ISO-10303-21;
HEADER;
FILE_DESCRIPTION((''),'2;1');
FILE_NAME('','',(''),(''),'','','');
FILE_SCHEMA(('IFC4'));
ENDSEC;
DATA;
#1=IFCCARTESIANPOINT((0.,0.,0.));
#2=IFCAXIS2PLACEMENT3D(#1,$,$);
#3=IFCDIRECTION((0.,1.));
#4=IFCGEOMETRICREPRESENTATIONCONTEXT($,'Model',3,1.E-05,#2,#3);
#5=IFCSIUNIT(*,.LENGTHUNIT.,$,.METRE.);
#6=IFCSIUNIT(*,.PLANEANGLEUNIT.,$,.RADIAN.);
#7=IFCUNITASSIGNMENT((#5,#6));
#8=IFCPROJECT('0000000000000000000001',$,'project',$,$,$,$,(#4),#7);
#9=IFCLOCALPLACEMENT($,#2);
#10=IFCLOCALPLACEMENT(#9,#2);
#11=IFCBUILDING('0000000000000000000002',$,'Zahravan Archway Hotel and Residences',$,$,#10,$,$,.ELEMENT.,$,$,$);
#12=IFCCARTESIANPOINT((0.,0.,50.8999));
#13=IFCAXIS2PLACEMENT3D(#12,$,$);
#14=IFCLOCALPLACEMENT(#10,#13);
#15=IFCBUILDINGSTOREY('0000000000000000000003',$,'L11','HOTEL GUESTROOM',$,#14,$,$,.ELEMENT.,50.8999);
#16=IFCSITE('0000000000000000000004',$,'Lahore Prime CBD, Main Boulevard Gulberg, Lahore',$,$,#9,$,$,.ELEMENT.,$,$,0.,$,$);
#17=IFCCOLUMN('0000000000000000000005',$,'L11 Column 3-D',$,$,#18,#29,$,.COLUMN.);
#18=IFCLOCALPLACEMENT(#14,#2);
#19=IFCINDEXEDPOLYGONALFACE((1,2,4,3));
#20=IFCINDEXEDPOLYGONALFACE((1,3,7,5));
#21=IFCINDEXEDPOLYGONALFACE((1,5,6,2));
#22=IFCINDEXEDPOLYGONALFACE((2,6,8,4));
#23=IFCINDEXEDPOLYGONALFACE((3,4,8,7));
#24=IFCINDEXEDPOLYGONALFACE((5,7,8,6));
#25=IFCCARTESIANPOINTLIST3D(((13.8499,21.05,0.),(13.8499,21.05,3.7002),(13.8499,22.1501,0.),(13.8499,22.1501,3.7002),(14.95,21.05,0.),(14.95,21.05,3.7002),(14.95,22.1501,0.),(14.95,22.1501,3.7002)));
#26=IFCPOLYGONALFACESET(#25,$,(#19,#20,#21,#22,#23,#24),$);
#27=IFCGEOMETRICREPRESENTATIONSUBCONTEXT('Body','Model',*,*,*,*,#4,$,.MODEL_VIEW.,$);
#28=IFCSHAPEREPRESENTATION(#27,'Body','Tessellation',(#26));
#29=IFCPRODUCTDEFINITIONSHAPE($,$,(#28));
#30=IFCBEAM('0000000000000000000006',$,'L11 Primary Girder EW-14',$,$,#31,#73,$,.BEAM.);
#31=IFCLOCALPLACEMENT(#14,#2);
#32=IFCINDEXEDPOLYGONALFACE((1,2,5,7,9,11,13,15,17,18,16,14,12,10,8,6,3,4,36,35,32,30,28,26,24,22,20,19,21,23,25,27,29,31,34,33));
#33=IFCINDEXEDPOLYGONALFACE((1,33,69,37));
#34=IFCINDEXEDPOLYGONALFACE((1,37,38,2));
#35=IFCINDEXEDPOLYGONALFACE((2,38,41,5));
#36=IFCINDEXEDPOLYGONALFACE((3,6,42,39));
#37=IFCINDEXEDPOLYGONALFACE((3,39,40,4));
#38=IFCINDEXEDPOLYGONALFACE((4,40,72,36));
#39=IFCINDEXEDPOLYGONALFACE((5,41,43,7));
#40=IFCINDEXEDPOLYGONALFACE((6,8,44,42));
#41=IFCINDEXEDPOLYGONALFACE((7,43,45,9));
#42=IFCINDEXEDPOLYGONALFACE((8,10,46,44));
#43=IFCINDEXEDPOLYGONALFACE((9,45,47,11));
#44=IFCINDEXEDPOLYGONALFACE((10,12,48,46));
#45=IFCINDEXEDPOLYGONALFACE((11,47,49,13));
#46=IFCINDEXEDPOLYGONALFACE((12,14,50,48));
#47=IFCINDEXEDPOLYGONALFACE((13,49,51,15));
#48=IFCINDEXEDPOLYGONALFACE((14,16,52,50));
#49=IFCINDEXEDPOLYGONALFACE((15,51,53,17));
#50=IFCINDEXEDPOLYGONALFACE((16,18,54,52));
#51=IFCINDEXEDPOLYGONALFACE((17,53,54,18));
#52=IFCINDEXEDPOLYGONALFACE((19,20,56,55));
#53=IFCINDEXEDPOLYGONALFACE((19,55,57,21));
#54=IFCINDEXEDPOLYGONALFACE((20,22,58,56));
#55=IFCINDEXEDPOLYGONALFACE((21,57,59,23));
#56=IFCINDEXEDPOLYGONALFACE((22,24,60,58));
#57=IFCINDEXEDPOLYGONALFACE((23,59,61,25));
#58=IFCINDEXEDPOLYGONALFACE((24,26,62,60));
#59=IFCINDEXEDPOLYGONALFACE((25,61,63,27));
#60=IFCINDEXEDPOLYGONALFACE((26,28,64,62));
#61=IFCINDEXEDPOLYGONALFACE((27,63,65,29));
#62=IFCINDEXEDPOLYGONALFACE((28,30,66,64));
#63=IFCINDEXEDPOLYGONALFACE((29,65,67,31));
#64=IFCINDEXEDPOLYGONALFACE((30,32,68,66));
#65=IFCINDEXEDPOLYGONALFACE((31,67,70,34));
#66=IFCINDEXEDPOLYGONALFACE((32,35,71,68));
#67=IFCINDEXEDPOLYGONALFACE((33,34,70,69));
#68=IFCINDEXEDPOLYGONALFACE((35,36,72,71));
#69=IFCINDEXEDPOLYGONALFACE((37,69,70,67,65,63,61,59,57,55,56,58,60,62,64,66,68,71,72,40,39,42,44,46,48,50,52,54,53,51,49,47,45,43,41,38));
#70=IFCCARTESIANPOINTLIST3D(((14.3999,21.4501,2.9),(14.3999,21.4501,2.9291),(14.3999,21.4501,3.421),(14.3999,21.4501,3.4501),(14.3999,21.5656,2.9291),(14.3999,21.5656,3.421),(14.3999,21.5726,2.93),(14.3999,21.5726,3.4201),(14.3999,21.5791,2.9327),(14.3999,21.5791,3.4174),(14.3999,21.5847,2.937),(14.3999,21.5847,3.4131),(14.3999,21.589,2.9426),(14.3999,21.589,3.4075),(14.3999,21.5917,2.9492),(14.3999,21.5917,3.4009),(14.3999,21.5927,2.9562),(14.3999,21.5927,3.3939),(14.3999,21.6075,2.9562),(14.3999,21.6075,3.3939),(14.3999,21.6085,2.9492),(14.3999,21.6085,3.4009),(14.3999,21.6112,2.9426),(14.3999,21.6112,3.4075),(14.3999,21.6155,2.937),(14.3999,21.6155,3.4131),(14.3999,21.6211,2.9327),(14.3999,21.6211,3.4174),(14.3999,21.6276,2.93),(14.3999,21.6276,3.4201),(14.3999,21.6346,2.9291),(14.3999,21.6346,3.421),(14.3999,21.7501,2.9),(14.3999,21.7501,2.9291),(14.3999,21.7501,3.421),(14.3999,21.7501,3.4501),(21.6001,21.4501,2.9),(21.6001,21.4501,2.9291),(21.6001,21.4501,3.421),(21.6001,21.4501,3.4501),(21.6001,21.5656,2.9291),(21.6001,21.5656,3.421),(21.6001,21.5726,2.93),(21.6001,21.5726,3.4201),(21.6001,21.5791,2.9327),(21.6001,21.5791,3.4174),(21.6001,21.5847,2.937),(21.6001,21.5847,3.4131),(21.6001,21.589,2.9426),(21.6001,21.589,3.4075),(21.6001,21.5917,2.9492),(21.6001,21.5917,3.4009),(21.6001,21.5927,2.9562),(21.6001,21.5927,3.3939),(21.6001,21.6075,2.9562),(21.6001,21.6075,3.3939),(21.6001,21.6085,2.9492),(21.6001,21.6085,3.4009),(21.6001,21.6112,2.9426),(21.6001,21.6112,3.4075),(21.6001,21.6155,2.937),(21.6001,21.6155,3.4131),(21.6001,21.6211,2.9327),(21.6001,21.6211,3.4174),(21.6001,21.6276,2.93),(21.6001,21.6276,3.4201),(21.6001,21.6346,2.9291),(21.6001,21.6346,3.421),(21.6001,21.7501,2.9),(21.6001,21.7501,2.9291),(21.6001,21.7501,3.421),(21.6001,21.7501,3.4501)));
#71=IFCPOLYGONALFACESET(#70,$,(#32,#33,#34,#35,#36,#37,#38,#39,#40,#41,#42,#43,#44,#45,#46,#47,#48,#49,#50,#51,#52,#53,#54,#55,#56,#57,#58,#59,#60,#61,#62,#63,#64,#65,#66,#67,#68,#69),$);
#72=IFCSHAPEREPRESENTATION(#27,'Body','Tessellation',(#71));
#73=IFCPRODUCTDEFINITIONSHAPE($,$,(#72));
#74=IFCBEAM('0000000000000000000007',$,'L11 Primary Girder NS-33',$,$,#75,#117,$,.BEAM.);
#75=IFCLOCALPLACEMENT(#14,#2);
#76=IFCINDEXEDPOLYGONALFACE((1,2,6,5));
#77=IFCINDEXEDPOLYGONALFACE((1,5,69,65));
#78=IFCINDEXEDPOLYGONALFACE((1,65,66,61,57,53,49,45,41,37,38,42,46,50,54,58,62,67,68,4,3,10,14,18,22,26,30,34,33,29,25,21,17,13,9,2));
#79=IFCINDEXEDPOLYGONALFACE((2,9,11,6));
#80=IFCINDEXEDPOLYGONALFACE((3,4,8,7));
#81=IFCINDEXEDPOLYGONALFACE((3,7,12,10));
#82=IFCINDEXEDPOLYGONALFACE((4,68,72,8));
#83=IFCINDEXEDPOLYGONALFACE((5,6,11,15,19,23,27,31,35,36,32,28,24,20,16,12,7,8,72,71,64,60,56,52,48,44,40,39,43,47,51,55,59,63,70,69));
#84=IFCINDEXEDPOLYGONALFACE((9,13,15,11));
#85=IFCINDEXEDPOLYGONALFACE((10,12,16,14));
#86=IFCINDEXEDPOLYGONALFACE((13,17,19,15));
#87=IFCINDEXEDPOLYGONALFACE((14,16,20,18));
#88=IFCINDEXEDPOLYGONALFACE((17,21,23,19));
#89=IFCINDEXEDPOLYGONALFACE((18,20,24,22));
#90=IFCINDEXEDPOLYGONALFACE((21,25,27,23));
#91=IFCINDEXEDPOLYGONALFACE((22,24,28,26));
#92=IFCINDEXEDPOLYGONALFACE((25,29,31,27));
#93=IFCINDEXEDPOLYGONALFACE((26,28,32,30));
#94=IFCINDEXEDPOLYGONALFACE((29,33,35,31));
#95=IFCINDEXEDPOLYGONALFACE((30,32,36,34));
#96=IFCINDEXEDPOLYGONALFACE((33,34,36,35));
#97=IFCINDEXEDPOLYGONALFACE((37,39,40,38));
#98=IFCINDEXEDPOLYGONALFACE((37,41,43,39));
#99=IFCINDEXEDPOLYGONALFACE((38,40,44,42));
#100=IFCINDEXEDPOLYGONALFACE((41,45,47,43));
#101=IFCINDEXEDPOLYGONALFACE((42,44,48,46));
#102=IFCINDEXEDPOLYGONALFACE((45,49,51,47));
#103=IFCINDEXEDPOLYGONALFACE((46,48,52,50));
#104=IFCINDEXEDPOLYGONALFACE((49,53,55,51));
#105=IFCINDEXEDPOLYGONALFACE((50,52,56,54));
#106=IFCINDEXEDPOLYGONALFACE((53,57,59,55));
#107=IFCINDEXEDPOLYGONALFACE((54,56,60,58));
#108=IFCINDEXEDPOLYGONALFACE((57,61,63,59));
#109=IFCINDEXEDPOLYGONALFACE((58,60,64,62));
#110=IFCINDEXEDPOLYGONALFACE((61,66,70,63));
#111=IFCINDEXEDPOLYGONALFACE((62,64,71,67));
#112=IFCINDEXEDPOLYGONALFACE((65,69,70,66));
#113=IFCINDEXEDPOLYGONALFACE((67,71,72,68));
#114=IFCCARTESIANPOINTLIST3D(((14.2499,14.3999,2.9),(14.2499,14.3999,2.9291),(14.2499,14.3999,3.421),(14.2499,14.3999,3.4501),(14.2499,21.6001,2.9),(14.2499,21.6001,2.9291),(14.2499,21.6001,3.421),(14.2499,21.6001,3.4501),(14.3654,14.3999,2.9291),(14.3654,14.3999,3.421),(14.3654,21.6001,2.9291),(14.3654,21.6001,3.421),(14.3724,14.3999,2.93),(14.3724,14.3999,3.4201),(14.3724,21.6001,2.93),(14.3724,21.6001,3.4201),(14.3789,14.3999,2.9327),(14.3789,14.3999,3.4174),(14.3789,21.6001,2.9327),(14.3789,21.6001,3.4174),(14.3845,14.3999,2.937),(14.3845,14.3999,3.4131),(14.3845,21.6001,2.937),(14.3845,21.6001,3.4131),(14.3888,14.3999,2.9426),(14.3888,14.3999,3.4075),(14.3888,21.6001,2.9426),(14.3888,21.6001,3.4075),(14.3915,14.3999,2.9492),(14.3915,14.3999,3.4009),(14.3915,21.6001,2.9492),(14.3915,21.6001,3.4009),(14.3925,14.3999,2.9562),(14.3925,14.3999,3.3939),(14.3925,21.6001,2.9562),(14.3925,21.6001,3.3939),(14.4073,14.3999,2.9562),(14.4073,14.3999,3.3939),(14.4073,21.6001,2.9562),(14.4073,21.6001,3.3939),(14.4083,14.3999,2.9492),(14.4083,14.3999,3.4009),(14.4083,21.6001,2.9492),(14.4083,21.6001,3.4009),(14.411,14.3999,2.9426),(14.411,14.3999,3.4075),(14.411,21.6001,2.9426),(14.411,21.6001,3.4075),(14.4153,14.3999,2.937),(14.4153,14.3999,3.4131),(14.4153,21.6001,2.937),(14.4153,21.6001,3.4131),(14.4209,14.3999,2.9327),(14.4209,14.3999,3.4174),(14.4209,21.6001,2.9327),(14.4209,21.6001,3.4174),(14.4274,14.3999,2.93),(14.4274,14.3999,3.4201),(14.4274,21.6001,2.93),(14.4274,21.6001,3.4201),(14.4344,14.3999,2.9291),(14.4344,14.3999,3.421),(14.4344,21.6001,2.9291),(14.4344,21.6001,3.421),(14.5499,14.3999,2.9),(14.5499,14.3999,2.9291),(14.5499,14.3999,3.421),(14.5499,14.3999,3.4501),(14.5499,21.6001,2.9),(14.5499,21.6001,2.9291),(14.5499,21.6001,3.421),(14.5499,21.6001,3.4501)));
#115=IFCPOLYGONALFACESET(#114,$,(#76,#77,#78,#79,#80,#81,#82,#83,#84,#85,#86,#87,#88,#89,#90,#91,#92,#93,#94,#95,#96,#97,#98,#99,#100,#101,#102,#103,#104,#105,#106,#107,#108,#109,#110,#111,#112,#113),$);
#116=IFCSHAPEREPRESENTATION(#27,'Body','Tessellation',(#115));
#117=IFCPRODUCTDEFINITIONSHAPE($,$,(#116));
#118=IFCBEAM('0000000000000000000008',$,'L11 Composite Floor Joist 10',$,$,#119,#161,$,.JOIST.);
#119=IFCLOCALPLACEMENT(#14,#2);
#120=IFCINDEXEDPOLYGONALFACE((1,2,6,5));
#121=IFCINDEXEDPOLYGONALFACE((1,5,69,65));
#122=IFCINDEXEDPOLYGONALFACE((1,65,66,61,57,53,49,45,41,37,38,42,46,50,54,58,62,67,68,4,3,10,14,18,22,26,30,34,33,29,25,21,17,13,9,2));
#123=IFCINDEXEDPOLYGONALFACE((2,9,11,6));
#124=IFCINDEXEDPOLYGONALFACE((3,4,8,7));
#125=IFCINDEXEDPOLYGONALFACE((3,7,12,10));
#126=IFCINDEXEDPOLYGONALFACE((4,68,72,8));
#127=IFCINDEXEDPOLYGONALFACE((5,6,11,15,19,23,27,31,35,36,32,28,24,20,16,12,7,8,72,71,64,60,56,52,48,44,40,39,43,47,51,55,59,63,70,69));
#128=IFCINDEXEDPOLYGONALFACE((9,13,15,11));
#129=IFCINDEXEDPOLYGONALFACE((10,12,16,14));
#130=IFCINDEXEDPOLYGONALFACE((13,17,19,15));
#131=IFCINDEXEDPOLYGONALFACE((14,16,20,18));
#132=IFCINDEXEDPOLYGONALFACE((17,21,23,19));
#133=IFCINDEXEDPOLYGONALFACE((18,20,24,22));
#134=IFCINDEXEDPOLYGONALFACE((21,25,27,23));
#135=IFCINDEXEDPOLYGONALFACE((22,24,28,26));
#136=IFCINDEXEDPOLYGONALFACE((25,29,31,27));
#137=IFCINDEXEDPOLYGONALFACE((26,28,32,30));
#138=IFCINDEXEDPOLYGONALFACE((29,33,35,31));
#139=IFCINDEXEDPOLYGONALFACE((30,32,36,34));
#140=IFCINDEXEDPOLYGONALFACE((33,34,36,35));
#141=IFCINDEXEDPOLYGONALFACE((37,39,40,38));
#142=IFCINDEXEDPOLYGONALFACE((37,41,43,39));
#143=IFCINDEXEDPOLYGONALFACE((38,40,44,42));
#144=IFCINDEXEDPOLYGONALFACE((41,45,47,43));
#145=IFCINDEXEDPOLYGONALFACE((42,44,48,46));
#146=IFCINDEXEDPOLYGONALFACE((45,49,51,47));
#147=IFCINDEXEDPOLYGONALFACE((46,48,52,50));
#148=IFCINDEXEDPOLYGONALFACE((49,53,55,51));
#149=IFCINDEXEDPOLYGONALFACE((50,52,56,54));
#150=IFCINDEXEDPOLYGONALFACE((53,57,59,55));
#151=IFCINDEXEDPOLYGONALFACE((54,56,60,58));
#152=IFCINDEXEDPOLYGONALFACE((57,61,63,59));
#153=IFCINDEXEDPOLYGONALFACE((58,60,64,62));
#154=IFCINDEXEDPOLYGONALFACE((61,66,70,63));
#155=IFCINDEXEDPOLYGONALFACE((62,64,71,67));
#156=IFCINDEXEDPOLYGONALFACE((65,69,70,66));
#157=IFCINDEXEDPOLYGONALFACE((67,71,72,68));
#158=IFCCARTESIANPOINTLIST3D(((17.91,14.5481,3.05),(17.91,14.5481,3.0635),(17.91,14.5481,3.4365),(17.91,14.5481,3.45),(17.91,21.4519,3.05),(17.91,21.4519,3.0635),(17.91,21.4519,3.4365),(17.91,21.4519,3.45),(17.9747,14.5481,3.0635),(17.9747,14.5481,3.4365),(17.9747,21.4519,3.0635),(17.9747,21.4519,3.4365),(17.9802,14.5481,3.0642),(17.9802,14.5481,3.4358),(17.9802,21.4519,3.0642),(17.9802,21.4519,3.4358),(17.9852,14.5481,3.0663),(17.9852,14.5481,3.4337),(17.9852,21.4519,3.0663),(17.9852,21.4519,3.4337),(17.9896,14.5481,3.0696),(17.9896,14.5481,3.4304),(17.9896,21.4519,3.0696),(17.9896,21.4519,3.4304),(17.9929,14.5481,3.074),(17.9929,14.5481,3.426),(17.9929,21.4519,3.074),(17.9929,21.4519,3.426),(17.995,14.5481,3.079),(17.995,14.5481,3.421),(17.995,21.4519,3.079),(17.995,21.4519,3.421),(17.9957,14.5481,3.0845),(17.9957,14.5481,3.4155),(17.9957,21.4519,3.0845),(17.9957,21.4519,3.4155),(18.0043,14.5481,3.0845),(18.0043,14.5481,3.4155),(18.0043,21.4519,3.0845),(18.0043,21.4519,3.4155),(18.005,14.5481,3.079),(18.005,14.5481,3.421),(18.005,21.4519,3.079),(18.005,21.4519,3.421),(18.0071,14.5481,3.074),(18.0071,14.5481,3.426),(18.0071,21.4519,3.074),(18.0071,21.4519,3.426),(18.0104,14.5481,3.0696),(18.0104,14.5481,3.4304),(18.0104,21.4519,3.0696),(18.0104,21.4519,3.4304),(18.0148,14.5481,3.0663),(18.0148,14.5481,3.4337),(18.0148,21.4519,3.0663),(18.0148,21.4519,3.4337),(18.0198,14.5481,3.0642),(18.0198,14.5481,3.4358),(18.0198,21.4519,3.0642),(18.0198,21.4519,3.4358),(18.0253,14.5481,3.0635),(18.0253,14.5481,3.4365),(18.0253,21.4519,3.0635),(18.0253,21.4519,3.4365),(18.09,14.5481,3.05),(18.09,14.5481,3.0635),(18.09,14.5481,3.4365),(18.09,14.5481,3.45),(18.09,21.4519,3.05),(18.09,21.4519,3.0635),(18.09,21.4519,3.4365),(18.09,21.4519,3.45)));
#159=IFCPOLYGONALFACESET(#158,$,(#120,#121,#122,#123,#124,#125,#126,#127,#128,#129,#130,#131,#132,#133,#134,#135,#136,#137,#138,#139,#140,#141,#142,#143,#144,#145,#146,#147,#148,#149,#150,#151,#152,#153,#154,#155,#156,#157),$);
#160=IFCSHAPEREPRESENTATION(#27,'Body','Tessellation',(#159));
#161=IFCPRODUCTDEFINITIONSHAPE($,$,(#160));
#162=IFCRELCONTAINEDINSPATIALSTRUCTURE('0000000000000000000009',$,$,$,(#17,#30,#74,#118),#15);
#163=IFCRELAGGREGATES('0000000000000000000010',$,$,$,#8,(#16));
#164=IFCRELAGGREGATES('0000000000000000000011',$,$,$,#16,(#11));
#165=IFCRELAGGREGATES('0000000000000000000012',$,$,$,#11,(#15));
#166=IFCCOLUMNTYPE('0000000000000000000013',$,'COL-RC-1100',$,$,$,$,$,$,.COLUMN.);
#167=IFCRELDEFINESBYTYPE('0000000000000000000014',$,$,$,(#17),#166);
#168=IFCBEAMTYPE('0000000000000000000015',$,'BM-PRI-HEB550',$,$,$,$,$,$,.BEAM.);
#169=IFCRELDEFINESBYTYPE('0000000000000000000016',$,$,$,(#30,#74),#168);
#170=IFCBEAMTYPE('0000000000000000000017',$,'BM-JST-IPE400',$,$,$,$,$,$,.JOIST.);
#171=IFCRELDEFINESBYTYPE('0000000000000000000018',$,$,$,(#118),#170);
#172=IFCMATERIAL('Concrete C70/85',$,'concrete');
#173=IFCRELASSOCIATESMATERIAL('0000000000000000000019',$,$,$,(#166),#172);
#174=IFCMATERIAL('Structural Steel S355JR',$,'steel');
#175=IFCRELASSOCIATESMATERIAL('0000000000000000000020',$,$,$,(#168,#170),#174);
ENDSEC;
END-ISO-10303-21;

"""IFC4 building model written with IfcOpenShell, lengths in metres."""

from ifc_helpers import new_model, si_unit, direction, frame, origin, origin_2d, place, context, subcontext, project, spatial, rectangle, i_section, extrude, source, transform, mapped, material, material_profile, profile_set, type_object, type_shapes, element, save


model = new_model("IFC4")

# Units and contexts
model_context = context("Model", 3, precision=1e-05, world=origin(), true_north=direction((0.0, 1.0)))
body_context = subcontext(model_context, "Body", "Model", "MODEL_VIEW")
ifc_project = project(units=[si_unit("LENGTHUNIT", "METRE"), si_unit("PLANEANGLEUNIT", "RADIAN")], contexts=[model_context])

# Site, building, storey
site_placement = place(None, origin())
site = spatial("IfcSite", under=ifc_project, at=site_placement, Name="Lahore Prime CBD, Main Boulevard Gulberg, Lahore", CompositionType="ELEMENT", RefElevation=0.0)
building_placement = place(site_placement, origin())
building = spatial("IfcBuilding", under=site, at=building_placement, Name="Zahravan Archway Hotel and Residences", CompositionType="ELEMENT")
storey_placement = place(building_placement, frame((0.0, 0.0, 50.8999)))
storey = spatial("IfcBuildingStorey", under=building, at=storey_placement, Name="L11", Description="HOTEL GUESTROOM", CompositionType="ELEMENT", Elevation=50.8999)

# Column
ifc_material_1 = material(Name="Concrete C70/85", Category="concrete")
ifc_material_profile_1 = material_profile(ifc_material_1, rectangle(XDim=1.1001, YDim=1.1001, at=origin_2d()), Name="RC 1100x1100", Category="concrete")
ifc_profile_set_1 = profile_set([ifc_material_profile_1], Name="Concrete C70/85")
column_type = type_object("IfcColumnType", Name="COL-RC-1100", PredefinedType="COLUMN", material=ifc_profile_set_1)
shared_shape_1 = source(origin(), body_context, "Body", "SweptSolid", [
    extrude(rectangle(XDim=1.1001, YDim=1.1001, at=origin_2d()), origin(), (0.0, 0.0, 1.0), 3.7002),
])
column_placement = place(storey_placement, frame((14.3999, 21.6001, 0.0), z_axis=(0.0, 0.0, 1.0), x_axis=(1.0, 0.0, 0.0)))
element("IfcColumn", 1, at=column_placement, inside=storey, type_object=column_type, Name="L11 Column 3-D", PredefinedType="COLUMN", context=body_context, shape_type="MappedRepresentation", body=[
    mapped(shared_shape_1, transform((0.0, 0.0, 0.0), scale=1.0)),
])

# Beams
ifc_material_2 = material(Name="Structural Steel S355JR", Category="steel")
ifc_material_profile_2 = material_profile(ifc_material_2, i_section(OverallWidth=0.3, OverallDepth=0.55, WebThickness=0.0149, FlangeThickness=0.0291, FilletRadius=0.0271, at=origin_2d()), Name="HEB 550", Category="steel")
ifc_profile_set_2 = profile_set([ifc_material_profile_2], Name="Structural Steel S355JR")
beam_type_1 = type_object("IfcBeamType", Name="BM-PRI-HEB550", PredefinedType="BEAM", material=ifc_profile_set_2)
shared_shape_2 = source(origin(), body_context, "Body", "SweptSolid", [
    extrude(i_section(OverallWidth=0.3, OverallDepth=0.55, WebThickness=0.0149, FlangeThickness=0.0291, FilletRadius=0.0271, at=origin_2d()), origin(), (0.0, 0.0, 1.0), 7.2002),
])
type_shapes(beam_type_1, [shared_shape_2])
for number, where, z_axis, x_axis, name in (
    (2, (14.3999, 21.6001, 3.175), (1.0, 0.0, 0.0), (0.0, 1.0, 0.0), "L11 Primary Girder EW-14"),
    (3, (14.3999, 14.3999, 3.175), (0.0, 1.0, 0.0), (-1.0, 0.0, 0.0), "L11 Primary Girder NS-33"),
):
    element("IfcBeam", number, at=place(storey_placement, frame(where, z_axis=z_axis, x_axis=x_axis)), inside=storey, type_object=beam_type_1, Name=name, PredefinedType="BEAM", context=body_context, shape_type="MappedRepresentation", body=[
        mapped(shared_shape_2, transform((0.0, 0.0, 0.0), scale=1.0)),
    ])
ifc_material_profile_3 = material_profile(ifc_material_2, i_section(OverallWidth=0.1799, OverallDepth=0.3999, WebThickness=0.0085, FlangeThickness=0.0134, FilletRadius=0.021, at=origin_2d()), Name="IPE 400", Category="steel")
ifc_profile_set_3 = profile_set([ifc_material_profile_3], Name="Structural Steel S355JR")
beam_type_2 = type_object("IfcBeamType", Name="BM-JST-IPE400", PredefinedType="JOIST", material=ifc_profile_set_3)
shared_shape_3 = source(origin(), body_context, "Body", "SweptSolid", [
    extrude(i_section(OverallWidth=0.1799, OverallDepth=0.3999, WebThickness=0.0085, FlangeThickness=0.0134, FilletRadius=0.021, at=origin_2d()), origin(), (0.0, 0.0, 1.0), 6.9038),
])
beam_placement = place(storey_placement, frame((18.0, 14.5481, 3.25), z_axis=(0.0, 1.0, 0.0), x_axis=(-1.0, 0.0, 0.0)))
element("IfcBeam", 4, at=beam_placement, inside=storey, type_object=beam_type_2, Name="L11 Composite Floor Joist 10", PredefinedType="JOIST", context=body_context, shape_type="MappedRepresentation", body=[
    mapped(shared_shape_3, transform((0.0, 0.0, 0.0), scale=1.0)),
])

save(model, "model.ifc")
